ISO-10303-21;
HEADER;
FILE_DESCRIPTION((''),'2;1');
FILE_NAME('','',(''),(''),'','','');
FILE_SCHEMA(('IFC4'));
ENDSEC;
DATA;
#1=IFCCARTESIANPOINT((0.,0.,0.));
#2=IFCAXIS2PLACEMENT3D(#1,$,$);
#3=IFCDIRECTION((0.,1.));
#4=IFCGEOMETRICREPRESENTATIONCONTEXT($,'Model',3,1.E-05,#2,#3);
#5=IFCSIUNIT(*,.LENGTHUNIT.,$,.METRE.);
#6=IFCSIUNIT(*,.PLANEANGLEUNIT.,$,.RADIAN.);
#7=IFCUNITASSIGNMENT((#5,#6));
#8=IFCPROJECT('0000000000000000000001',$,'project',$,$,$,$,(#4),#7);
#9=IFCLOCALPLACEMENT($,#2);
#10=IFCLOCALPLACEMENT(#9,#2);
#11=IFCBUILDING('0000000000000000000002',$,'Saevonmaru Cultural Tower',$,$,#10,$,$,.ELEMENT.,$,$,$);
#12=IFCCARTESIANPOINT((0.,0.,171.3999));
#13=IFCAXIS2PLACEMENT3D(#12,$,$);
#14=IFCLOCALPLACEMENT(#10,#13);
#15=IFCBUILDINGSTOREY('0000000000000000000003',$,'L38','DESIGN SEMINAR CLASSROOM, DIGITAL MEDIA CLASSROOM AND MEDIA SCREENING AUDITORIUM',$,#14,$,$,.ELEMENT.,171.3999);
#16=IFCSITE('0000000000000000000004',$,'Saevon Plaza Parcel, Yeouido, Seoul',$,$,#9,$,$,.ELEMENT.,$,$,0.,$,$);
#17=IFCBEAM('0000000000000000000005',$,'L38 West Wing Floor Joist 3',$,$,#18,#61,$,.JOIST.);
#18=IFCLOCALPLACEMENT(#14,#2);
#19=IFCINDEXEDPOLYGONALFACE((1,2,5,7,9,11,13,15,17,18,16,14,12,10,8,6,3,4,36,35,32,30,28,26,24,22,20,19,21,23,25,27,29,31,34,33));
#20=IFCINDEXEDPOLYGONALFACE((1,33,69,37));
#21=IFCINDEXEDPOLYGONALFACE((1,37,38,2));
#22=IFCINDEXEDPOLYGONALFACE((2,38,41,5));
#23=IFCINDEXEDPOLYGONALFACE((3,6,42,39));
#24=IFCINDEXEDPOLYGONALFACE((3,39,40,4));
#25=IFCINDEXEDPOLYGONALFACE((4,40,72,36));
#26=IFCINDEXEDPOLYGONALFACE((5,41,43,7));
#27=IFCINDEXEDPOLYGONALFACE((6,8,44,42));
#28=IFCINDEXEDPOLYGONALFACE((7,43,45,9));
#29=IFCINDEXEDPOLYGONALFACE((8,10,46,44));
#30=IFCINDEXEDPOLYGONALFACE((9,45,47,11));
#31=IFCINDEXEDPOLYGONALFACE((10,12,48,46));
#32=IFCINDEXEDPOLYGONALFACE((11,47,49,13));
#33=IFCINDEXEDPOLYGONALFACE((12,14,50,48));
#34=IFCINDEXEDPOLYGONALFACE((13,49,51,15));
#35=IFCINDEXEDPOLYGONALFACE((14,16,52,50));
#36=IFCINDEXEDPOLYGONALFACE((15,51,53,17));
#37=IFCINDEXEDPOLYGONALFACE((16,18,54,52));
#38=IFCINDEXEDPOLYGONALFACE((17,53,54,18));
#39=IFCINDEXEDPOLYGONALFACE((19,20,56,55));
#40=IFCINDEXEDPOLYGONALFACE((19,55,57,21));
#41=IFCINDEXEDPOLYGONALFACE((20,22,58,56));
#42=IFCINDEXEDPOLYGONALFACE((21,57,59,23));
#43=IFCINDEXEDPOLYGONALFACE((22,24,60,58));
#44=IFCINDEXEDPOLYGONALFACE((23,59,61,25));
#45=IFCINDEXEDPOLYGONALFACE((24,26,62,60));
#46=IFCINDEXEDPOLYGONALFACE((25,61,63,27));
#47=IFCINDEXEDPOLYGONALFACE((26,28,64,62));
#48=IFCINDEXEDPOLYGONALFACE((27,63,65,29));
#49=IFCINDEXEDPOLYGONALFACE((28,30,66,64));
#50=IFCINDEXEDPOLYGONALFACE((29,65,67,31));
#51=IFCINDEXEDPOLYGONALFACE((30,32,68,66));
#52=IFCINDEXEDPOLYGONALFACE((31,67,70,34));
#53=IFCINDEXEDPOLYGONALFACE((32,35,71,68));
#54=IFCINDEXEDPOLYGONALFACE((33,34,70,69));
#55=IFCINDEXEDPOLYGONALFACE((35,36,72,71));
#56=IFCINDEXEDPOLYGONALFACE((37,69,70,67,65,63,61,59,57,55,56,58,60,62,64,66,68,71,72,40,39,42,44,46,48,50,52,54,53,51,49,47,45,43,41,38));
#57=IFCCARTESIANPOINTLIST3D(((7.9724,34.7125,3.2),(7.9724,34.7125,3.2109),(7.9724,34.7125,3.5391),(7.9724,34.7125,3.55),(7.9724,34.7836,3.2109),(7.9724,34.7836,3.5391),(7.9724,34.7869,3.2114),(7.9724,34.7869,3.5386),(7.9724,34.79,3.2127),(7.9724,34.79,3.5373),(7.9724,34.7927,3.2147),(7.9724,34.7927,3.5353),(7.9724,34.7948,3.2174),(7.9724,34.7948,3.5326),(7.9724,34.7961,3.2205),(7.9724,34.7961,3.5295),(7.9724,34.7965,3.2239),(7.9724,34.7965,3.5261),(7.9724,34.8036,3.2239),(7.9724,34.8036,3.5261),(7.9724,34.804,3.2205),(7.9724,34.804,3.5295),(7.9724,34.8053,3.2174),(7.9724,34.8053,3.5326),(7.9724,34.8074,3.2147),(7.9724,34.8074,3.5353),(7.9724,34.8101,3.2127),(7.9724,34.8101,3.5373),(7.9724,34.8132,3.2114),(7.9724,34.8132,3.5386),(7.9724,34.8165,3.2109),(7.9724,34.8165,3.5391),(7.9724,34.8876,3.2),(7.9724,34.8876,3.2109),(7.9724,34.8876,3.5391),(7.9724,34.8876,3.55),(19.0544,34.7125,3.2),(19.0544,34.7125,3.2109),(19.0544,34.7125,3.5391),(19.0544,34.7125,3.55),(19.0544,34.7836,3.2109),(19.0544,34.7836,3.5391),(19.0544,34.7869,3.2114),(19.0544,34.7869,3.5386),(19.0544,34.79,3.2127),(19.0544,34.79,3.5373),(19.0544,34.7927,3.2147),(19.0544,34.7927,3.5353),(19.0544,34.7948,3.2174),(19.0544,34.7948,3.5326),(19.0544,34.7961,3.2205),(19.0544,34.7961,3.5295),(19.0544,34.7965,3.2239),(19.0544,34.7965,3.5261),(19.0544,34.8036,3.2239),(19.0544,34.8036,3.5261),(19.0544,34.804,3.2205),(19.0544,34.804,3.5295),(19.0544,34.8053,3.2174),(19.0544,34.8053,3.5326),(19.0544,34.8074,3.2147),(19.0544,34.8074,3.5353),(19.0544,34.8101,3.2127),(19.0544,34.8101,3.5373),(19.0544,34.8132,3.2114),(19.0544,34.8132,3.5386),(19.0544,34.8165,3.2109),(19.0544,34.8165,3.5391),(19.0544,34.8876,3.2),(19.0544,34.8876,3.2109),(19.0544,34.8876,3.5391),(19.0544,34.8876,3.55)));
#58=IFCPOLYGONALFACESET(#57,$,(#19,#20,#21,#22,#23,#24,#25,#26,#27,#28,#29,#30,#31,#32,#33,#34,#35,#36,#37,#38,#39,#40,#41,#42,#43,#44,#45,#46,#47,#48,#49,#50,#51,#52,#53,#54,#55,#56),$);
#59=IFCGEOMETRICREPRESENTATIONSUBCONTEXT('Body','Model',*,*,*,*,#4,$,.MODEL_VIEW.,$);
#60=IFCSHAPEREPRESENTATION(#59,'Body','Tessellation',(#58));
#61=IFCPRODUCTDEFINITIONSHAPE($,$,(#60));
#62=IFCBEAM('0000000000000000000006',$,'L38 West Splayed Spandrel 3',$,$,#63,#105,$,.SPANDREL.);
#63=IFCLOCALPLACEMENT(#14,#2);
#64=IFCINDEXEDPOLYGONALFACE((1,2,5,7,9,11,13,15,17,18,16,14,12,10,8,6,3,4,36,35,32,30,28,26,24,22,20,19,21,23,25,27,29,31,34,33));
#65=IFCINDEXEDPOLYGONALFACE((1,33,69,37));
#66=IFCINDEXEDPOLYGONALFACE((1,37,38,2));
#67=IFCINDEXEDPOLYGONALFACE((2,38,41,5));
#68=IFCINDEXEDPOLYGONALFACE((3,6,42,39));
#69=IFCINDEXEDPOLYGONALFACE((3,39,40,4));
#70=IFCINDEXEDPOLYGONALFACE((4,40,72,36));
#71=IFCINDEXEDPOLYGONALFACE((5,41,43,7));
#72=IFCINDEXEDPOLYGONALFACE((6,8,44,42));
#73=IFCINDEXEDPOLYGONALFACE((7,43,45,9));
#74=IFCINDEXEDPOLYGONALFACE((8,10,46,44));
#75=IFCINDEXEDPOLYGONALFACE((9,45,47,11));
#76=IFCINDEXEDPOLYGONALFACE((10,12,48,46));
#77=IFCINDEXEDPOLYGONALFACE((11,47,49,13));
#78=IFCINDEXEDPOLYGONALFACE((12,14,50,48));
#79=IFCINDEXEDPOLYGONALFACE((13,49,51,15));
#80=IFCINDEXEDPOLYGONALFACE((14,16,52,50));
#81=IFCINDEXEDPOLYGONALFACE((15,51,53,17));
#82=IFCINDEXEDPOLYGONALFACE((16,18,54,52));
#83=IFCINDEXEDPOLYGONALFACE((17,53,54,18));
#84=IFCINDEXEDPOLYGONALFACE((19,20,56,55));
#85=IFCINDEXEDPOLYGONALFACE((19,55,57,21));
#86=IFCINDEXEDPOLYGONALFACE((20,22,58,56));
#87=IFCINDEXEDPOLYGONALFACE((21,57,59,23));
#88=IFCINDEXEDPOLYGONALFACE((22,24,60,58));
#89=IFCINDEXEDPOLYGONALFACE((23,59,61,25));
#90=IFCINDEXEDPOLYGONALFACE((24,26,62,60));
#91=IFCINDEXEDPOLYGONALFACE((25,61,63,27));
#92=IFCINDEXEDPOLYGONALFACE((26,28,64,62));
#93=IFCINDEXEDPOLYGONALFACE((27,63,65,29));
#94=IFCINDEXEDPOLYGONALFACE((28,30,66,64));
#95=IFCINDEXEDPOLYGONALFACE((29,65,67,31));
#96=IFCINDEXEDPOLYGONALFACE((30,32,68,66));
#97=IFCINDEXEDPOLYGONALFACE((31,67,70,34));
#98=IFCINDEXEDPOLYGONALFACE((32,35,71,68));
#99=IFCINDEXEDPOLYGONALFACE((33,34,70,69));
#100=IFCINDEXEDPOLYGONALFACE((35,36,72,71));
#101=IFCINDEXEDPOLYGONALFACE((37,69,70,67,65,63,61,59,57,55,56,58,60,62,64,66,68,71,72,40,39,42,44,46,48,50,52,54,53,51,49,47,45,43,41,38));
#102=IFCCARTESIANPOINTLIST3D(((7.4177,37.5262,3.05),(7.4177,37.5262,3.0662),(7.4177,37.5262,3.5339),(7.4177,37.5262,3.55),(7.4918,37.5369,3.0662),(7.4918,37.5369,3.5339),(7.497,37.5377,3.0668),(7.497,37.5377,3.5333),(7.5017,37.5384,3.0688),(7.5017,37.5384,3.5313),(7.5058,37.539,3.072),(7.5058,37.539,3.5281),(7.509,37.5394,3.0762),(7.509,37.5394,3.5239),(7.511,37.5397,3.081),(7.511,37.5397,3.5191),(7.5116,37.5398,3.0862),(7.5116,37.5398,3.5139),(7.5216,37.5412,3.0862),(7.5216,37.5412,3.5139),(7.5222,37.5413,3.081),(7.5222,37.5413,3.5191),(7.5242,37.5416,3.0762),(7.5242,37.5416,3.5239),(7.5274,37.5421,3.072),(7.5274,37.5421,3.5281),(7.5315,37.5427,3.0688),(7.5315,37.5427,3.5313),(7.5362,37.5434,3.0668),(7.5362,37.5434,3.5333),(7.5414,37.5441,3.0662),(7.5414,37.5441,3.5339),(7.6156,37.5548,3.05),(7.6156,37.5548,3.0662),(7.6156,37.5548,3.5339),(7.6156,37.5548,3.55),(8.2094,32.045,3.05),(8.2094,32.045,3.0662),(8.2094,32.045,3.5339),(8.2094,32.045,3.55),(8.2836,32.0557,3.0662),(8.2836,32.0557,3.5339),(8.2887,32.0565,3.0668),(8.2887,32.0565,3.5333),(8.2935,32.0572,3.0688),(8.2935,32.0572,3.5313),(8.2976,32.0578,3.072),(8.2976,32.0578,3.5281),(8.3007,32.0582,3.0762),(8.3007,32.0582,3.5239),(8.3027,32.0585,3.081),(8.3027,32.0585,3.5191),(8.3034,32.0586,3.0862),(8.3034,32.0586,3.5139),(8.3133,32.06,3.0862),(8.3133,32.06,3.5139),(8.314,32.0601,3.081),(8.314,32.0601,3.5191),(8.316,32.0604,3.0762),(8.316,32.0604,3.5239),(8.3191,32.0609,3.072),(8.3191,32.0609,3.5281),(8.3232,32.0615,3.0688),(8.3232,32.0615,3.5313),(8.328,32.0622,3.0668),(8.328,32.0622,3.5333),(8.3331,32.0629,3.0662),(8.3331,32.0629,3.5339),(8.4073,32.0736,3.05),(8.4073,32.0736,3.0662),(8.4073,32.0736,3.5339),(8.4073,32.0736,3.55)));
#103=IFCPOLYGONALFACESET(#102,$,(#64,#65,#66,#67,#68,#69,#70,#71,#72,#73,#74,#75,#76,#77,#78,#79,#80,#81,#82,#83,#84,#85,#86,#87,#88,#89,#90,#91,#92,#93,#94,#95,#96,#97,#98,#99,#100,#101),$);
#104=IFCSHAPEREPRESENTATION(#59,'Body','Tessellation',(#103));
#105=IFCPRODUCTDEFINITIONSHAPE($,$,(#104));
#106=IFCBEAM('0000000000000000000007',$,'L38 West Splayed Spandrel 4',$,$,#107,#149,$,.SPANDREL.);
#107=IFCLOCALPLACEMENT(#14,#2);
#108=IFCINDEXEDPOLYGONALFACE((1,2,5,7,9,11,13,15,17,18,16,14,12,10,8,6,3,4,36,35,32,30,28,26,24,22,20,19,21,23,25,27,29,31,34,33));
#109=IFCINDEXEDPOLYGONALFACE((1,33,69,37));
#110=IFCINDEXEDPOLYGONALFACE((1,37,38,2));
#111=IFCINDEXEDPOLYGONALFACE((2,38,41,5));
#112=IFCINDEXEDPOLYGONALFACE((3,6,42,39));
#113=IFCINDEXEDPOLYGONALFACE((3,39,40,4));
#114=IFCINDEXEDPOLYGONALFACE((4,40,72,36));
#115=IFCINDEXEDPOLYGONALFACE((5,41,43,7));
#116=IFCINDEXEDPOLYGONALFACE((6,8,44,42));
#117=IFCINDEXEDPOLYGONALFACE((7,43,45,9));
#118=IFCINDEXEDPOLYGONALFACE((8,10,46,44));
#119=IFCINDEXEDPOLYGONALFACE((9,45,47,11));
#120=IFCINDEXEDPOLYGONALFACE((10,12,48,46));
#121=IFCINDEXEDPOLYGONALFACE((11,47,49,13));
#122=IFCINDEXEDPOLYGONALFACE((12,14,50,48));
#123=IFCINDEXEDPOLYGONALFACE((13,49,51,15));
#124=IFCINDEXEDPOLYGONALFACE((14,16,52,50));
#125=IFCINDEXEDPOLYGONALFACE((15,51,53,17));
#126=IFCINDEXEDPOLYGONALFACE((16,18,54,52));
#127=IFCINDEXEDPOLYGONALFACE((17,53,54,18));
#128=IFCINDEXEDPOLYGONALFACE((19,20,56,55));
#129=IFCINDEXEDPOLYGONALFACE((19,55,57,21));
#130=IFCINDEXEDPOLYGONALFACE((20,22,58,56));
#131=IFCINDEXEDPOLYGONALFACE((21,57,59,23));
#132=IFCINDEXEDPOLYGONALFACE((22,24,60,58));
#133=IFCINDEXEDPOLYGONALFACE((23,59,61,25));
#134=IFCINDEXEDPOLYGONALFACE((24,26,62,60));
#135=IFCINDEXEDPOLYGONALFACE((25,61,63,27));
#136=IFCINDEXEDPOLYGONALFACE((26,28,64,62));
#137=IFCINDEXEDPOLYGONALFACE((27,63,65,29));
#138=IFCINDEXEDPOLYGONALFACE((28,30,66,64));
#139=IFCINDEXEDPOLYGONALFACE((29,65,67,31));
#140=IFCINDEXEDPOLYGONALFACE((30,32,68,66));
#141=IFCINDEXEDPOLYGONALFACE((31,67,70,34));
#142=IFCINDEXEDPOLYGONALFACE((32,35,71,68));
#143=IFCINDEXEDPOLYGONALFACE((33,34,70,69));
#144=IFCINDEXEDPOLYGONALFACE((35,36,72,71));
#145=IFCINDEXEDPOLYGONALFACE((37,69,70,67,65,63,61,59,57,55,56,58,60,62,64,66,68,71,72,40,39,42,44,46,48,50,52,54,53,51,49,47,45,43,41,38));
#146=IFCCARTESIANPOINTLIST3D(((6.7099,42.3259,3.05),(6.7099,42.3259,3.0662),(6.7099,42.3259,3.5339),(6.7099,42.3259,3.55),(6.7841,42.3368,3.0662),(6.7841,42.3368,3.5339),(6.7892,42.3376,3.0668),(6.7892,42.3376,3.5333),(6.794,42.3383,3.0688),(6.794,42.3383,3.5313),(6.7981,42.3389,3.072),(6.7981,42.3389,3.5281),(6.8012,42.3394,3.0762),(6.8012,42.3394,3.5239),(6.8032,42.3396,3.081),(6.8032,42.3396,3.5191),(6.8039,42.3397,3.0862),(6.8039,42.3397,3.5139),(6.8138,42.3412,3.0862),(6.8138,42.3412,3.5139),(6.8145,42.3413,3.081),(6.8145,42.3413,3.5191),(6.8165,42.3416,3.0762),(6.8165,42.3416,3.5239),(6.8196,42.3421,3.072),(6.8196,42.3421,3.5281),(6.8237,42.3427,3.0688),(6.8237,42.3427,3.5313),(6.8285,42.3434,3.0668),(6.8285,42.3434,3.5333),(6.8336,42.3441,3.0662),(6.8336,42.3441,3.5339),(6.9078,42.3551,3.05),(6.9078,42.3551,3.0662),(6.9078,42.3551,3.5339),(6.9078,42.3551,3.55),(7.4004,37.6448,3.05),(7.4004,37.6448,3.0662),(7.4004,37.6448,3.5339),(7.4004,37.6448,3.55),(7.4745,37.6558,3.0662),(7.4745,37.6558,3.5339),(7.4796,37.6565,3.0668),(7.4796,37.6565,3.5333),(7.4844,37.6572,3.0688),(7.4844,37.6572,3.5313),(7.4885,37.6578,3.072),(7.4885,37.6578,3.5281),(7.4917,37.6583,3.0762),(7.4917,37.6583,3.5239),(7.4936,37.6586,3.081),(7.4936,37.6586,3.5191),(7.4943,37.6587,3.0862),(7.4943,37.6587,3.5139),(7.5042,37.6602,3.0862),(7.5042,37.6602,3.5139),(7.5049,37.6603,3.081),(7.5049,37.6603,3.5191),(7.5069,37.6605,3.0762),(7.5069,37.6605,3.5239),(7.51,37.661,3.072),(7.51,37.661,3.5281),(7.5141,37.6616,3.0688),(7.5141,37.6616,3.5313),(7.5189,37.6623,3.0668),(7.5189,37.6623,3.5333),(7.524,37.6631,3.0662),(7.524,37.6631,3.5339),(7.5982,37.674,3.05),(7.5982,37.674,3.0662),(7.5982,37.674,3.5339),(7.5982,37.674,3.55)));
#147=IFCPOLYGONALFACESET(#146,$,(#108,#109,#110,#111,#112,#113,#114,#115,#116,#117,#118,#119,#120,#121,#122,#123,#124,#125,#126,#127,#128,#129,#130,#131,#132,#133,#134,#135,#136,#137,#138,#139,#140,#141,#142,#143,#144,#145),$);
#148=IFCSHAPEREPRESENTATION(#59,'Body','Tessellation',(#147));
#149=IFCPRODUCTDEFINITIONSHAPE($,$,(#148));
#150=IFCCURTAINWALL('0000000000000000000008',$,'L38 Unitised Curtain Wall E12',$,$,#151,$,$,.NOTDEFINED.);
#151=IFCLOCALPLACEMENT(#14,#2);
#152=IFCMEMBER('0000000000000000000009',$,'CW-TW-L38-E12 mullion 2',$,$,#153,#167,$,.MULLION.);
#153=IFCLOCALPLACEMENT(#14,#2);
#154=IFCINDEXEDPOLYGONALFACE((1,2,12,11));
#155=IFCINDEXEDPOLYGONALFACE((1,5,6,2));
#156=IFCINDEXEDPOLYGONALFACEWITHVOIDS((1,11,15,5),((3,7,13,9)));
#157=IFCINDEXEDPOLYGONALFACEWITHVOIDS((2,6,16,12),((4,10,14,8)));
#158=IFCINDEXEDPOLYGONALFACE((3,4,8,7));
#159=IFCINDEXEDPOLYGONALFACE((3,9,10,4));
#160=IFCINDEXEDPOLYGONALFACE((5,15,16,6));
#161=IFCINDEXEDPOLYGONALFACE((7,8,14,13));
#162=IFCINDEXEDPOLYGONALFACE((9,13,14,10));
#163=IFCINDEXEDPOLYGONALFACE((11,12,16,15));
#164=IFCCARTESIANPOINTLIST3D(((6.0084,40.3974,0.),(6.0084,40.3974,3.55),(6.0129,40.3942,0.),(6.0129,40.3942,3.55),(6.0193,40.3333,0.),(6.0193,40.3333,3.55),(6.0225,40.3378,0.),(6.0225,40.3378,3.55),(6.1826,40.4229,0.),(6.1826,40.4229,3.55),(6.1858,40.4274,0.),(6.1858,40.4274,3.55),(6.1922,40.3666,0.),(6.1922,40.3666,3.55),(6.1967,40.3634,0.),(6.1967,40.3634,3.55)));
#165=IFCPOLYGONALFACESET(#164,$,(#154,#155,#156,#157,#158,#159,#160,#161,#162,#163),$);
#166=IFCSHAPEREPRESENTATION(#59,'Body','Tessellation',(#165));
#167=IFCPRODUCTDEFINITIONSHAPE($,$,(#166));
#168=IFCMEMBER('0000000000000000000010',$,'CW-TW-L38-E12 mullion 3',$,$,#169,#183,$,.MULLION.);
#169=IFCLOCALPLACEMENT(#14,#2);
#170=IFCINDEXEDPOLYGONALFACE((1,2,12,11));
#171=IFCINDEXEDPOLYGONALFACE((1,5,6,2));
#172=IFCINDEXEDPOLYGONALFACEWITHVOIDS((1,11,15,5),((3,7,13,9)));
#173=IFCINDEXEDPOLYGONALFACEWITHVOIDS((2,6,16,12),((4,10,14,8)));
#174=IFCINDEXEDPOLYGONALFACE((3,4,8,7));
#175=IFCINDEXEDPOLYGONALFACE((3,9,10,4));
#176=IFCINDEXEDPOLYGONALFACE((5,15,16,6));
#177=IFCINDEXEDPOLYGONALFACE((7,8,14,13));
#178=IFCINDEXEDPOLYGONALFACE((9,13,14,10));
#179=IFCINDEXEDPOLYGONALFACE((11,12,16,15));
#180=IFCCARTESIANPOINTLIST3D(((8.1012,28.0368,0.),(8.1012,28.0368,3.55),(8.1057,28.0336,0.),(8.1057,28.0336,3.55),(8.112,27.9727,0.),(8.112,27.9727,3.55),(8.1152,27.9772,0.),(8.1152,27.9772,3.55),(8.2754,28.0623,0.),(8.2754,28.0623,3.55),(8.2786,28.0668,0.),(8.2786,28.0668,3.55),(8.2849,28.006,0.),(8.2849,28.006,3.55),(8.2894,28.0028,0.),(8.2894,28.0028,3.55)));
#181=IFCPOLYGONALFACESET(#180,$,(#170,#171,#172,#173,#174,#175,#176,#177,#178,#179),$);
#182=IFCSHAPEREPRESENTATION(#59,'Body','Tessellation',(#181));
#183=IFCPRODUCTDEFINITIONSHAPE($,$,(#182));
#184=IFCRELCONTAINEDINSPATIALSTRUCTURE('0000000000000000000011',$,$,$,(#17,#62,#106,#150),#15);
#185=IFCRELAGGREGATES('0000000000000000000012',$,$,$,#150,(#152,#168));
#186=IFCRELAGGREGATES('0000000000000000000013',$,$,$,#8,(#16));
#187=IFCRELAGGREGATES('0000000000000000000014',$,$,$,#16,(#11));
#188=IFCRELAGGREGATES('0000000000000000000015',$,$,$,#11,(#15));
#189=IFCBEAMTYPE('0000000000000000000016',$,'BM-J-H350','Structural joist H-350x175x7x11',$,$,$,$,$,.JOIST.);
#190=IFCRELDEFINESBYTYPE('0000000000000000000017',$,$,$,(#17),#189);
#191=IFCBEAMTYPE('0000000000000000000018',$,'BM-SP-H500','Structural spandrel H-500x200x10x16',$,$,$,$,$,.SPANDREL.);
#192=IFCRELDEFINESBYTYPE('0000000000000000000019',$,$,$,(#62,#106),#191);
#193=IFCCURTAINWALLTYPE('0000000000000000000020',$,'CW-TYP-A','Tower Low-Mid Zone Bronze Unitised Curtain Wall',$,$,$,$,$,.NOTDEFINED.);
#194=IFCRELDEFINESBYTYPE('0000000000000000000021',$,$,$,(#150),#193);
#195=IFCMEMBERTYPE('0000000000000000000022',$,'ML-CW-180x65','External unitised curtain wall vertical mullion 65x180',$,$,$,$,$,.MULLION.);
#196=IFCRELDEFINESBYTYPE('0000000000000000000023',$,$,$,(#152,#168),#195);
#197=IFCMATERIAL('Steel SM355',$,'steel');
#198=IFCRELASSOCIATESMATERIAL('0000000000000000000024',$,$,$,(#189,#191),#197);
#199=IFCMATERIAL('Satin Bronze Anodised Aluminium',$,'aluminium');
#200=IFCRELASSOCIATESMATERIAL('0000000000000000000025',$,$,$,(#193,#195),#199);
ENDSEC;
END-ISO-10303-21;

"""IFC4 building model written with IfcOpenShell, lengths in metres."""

from ifc_helpers import new_model, si_unit, direction, frame, origin, origin_2d, place, context, subcontext, project, spatial, hollow_rectangle, i_section, extrude, material, material_profile, profile_set, type_object, element, aggregate, save


model = new_model("IFC4")

# Units and contexts
model_context = context("Model", 3, precision=1e-05, world=origin(), true_north=direction((0.0, 1.0)))
body_context = subcontext(model_context, "Body", "Model", "MODEL_VIEW")
ifc_project = project(units=[si_unit("LENGTHUNIT", "METRE"), si_unit("PLANEANGLEUNIT", "RADIAN")], contexts=[model_context])

# Site, building, storey
site_placement = place(None, origin())
site = spatial("IfcSite", under=ifc_project, at=site_placement, Name="Saevon Plaza Parcel, Yeouido, Seoul", CompositionType="ELEMENT", RefElevation=0.0)
building_placement = place(site_placement, origin())
building = spatial("IfcBuilding", under=site, at=building_placement, Name="Saevonmaru Cultural Tower", CompositionType="ELEMENT")
storey_placement = place(building_placement, frame((0.0, 0.0, 171.3999)))
storey = spatial("IfcBuildingStorey", under=building, at=storey_placement, Name="L38", Description="DESIGN SEMINAR CLASSROOM, DIGITAL MEDIA CLASSROOM AND MEDIA SCREENING AUDITORIUM", CompositionType="ELEMENT", Elevation=171.3999)

# Beams
ifc_material_1 = material(Name="Steel SM355", Category="steel")
ifc_material_profile_1 = material_profile(ifc_material_1, i_section(OverallWidth=0.175, OverallDepth=0.3501, WebThickness=0.0071, FlangeThickness=0.011, FilletRadius=0.0129, at=origin_2d()), Name="H-350x175x7x11")
ifc_profile_set_1 = profile_set([ifc_material_profile_1], Name="Steel SM355")
beam_type_1 = type_object("IfcBeamType", Name="BM-J-H350", Description="Structural joist H-350x175x7x11", PredefinedType="JOIST", material=ifc_profile_set_1)
for number, where, z_axis, x_axis, name in (
    (1, (7.9724, 34.8, 3.375), (1.0, 0.0, 0.0), (0.0, 1.0, 0.0), "L38 West Wing Floor Joist 3"),
):
    element("IfcBeam", number, at=place(storey_placement, frame(where, z_axis=z_axis, x_axis=x_axis)), inside=storey, type_object=beam_type_1, Name=name, PredefinedType="JOIST", context=body_context, shape_type="SweptSolid", body=[
        extrude(i_section(OverallWidth=0.175, OverallDepth=0.3501, WebThickness=0.0071, FlangeThickness=0.011, FilletRadius=0.0129, at=origin_2d()), origin(), (0.0, 0.0, 1.0), 11.082),
    ])
ifc_material_profile_2 = material_profile(ifc_material_1, i_section(OverallWidth=0.2, OverallDepth=0.5, WebThickness=0.01, FlangeThickness=0.0161, FilletRadius=0.02, at=origin_2d()), Name="H-500x200x10x16")
ifc_profile_set_2 = profile_set([ifc_material_profile_2], Name="Steel SM355")
beam_type_2 = type_object("IfcBeamType", Name="BM-SP-H500", Description="Structural spandrel H-500x200x10x16", PredefinedType="SPANDREL", material=ifc_profile_set_2)
beam_1_placement = place(storey_placement, frame((8.3083, 32.0593, 3.3), z_axis=(-0.142964, 0.989728, 0.0), x_axis=(-0.989728, -0.142964, 0.0)))
element("IfcBeam", 2, at=beam_1_placement, inside=storey, type_object=beam_type_2, Name="L38 West Splayed Spandrel 3", PredefinedType="SPANDREL", context=body_context, shape_type="SweptSolid", body=[
    extrude(i_section(OverallWidth=0.2, OverallDepth=0.5, WebThickness=0.01, FlangeThickness=0.0161, FilletRadius=0.02, at=origin_2d()), origin(), (0.0, 0.0, 1.0), 5.5381),
])
beam_2_placement = place(storey_placement, frame((7.4993, 37.6594, 3.3), z_axis=(-0.145913, 0.989297, 0.0), x_axis=(-0.989297, -0.145913, 0.0)))
element("IfcBeam", 3, at=beam_2_placement, inside=storey, type_object=beam_type_2, Name="L38 West Splayed Spandrel 4", PredefinedType="SPANDREL", context=body_context, shape_type="SweptSolid", body=[
    extrude(i_section(OverallWidth=0.2, OverallDepth=0.5, WebThickness=0.01, FlangeThickness=0.0161, FilletRadius=0.02, at=origin_2d()), origin(), (0.0, 0.0, 1.0), 4.7317),
])

# Curtain wall, members
ifc_material_2 = material(Name="Satin Bronze Anodised Aluminium", Category="aluminium")
curtain_wall_type = type_object("IfcCurtainWallType", Name="CW-TYP-A", Description="Tower Low-Mid Zone Bronze Unitised Curtain Wall", PredefinedType="NOTDEFINED", material=ifc_material_2)
curtain_wall_placement = place(storey_placement, origin())
curtain_wall = element("IfcCurtainWall", 4, at=curtain_wall_placement, inside=storey, type_object=curtain_wall_type, Name="L38 Unitised Curtain Wall E12", PredefinedType="NOTDEFINED")
ifc_material_profile_3 = material_profile(ifc_material_2, hollow_rectangle(XDim=0.0649, YDim=0.1799, WallThickness=0.0039, at=origin_2d()), Name="ALU-MULL-180x65x4")
ifc_profile_set_3 = profile_set([ifc_material_profile_3], Name="Satin Bronze Anodised Aluminium")
member_type_1 = type_object("IfcMemberType", Name="ML-CW-180x65", Description="External unitised curtain wall vertical mullion 65x180", PredefinedType="MULLION", material=ifc_profile_set_3)
member_1_placement = place(storey_placement, frame((6.1025, 40.3804, 0.0), z_axis=(0.0, 0.0, 1.0), x_axis=(0.166922, -0.98597, 0.0)))
member_1 = element("IfcMember", 5, at=member_1_placement, type_object=member_type_1, Name="CW-TW-L38-E12 mullion 2", PredefinedType="MULLION", context=body_context, shape_type="SweptSolid", body=[
    extrude(hollow_rectangle(XDim=0.0649, YDim=0.1799, WallThickness=0.0039, at=origin_2d()), origin(), (0.0, 0.0, 1.0), 3.55),
])
member_2_placement = place(storey_placement, frame((8.1953, 28.0198, 0.0), z_axis=(0.0, 0.0, 1.0), x_axis=(0.166922, -0.98597, 0.0)))
member_2 = element("IfcMember", 6, at=member_2_placement, type_object=member_type_1, Name="CW-TW-L38-E12 mullion 3", PredefinedType="MULLION", context=body_context, shape_type="SweptSolid", body=[
    extrude(hollow_rectangle(XDim=0.0649, YDim=0.1799, WallThickness=0.0039, at=origin_2d()), origin(), (0.0, 0.0, 1.0), 3.55),
])
aggregate(curtain_wall, [member_1, member_2])

save(model, "model.ifc")
